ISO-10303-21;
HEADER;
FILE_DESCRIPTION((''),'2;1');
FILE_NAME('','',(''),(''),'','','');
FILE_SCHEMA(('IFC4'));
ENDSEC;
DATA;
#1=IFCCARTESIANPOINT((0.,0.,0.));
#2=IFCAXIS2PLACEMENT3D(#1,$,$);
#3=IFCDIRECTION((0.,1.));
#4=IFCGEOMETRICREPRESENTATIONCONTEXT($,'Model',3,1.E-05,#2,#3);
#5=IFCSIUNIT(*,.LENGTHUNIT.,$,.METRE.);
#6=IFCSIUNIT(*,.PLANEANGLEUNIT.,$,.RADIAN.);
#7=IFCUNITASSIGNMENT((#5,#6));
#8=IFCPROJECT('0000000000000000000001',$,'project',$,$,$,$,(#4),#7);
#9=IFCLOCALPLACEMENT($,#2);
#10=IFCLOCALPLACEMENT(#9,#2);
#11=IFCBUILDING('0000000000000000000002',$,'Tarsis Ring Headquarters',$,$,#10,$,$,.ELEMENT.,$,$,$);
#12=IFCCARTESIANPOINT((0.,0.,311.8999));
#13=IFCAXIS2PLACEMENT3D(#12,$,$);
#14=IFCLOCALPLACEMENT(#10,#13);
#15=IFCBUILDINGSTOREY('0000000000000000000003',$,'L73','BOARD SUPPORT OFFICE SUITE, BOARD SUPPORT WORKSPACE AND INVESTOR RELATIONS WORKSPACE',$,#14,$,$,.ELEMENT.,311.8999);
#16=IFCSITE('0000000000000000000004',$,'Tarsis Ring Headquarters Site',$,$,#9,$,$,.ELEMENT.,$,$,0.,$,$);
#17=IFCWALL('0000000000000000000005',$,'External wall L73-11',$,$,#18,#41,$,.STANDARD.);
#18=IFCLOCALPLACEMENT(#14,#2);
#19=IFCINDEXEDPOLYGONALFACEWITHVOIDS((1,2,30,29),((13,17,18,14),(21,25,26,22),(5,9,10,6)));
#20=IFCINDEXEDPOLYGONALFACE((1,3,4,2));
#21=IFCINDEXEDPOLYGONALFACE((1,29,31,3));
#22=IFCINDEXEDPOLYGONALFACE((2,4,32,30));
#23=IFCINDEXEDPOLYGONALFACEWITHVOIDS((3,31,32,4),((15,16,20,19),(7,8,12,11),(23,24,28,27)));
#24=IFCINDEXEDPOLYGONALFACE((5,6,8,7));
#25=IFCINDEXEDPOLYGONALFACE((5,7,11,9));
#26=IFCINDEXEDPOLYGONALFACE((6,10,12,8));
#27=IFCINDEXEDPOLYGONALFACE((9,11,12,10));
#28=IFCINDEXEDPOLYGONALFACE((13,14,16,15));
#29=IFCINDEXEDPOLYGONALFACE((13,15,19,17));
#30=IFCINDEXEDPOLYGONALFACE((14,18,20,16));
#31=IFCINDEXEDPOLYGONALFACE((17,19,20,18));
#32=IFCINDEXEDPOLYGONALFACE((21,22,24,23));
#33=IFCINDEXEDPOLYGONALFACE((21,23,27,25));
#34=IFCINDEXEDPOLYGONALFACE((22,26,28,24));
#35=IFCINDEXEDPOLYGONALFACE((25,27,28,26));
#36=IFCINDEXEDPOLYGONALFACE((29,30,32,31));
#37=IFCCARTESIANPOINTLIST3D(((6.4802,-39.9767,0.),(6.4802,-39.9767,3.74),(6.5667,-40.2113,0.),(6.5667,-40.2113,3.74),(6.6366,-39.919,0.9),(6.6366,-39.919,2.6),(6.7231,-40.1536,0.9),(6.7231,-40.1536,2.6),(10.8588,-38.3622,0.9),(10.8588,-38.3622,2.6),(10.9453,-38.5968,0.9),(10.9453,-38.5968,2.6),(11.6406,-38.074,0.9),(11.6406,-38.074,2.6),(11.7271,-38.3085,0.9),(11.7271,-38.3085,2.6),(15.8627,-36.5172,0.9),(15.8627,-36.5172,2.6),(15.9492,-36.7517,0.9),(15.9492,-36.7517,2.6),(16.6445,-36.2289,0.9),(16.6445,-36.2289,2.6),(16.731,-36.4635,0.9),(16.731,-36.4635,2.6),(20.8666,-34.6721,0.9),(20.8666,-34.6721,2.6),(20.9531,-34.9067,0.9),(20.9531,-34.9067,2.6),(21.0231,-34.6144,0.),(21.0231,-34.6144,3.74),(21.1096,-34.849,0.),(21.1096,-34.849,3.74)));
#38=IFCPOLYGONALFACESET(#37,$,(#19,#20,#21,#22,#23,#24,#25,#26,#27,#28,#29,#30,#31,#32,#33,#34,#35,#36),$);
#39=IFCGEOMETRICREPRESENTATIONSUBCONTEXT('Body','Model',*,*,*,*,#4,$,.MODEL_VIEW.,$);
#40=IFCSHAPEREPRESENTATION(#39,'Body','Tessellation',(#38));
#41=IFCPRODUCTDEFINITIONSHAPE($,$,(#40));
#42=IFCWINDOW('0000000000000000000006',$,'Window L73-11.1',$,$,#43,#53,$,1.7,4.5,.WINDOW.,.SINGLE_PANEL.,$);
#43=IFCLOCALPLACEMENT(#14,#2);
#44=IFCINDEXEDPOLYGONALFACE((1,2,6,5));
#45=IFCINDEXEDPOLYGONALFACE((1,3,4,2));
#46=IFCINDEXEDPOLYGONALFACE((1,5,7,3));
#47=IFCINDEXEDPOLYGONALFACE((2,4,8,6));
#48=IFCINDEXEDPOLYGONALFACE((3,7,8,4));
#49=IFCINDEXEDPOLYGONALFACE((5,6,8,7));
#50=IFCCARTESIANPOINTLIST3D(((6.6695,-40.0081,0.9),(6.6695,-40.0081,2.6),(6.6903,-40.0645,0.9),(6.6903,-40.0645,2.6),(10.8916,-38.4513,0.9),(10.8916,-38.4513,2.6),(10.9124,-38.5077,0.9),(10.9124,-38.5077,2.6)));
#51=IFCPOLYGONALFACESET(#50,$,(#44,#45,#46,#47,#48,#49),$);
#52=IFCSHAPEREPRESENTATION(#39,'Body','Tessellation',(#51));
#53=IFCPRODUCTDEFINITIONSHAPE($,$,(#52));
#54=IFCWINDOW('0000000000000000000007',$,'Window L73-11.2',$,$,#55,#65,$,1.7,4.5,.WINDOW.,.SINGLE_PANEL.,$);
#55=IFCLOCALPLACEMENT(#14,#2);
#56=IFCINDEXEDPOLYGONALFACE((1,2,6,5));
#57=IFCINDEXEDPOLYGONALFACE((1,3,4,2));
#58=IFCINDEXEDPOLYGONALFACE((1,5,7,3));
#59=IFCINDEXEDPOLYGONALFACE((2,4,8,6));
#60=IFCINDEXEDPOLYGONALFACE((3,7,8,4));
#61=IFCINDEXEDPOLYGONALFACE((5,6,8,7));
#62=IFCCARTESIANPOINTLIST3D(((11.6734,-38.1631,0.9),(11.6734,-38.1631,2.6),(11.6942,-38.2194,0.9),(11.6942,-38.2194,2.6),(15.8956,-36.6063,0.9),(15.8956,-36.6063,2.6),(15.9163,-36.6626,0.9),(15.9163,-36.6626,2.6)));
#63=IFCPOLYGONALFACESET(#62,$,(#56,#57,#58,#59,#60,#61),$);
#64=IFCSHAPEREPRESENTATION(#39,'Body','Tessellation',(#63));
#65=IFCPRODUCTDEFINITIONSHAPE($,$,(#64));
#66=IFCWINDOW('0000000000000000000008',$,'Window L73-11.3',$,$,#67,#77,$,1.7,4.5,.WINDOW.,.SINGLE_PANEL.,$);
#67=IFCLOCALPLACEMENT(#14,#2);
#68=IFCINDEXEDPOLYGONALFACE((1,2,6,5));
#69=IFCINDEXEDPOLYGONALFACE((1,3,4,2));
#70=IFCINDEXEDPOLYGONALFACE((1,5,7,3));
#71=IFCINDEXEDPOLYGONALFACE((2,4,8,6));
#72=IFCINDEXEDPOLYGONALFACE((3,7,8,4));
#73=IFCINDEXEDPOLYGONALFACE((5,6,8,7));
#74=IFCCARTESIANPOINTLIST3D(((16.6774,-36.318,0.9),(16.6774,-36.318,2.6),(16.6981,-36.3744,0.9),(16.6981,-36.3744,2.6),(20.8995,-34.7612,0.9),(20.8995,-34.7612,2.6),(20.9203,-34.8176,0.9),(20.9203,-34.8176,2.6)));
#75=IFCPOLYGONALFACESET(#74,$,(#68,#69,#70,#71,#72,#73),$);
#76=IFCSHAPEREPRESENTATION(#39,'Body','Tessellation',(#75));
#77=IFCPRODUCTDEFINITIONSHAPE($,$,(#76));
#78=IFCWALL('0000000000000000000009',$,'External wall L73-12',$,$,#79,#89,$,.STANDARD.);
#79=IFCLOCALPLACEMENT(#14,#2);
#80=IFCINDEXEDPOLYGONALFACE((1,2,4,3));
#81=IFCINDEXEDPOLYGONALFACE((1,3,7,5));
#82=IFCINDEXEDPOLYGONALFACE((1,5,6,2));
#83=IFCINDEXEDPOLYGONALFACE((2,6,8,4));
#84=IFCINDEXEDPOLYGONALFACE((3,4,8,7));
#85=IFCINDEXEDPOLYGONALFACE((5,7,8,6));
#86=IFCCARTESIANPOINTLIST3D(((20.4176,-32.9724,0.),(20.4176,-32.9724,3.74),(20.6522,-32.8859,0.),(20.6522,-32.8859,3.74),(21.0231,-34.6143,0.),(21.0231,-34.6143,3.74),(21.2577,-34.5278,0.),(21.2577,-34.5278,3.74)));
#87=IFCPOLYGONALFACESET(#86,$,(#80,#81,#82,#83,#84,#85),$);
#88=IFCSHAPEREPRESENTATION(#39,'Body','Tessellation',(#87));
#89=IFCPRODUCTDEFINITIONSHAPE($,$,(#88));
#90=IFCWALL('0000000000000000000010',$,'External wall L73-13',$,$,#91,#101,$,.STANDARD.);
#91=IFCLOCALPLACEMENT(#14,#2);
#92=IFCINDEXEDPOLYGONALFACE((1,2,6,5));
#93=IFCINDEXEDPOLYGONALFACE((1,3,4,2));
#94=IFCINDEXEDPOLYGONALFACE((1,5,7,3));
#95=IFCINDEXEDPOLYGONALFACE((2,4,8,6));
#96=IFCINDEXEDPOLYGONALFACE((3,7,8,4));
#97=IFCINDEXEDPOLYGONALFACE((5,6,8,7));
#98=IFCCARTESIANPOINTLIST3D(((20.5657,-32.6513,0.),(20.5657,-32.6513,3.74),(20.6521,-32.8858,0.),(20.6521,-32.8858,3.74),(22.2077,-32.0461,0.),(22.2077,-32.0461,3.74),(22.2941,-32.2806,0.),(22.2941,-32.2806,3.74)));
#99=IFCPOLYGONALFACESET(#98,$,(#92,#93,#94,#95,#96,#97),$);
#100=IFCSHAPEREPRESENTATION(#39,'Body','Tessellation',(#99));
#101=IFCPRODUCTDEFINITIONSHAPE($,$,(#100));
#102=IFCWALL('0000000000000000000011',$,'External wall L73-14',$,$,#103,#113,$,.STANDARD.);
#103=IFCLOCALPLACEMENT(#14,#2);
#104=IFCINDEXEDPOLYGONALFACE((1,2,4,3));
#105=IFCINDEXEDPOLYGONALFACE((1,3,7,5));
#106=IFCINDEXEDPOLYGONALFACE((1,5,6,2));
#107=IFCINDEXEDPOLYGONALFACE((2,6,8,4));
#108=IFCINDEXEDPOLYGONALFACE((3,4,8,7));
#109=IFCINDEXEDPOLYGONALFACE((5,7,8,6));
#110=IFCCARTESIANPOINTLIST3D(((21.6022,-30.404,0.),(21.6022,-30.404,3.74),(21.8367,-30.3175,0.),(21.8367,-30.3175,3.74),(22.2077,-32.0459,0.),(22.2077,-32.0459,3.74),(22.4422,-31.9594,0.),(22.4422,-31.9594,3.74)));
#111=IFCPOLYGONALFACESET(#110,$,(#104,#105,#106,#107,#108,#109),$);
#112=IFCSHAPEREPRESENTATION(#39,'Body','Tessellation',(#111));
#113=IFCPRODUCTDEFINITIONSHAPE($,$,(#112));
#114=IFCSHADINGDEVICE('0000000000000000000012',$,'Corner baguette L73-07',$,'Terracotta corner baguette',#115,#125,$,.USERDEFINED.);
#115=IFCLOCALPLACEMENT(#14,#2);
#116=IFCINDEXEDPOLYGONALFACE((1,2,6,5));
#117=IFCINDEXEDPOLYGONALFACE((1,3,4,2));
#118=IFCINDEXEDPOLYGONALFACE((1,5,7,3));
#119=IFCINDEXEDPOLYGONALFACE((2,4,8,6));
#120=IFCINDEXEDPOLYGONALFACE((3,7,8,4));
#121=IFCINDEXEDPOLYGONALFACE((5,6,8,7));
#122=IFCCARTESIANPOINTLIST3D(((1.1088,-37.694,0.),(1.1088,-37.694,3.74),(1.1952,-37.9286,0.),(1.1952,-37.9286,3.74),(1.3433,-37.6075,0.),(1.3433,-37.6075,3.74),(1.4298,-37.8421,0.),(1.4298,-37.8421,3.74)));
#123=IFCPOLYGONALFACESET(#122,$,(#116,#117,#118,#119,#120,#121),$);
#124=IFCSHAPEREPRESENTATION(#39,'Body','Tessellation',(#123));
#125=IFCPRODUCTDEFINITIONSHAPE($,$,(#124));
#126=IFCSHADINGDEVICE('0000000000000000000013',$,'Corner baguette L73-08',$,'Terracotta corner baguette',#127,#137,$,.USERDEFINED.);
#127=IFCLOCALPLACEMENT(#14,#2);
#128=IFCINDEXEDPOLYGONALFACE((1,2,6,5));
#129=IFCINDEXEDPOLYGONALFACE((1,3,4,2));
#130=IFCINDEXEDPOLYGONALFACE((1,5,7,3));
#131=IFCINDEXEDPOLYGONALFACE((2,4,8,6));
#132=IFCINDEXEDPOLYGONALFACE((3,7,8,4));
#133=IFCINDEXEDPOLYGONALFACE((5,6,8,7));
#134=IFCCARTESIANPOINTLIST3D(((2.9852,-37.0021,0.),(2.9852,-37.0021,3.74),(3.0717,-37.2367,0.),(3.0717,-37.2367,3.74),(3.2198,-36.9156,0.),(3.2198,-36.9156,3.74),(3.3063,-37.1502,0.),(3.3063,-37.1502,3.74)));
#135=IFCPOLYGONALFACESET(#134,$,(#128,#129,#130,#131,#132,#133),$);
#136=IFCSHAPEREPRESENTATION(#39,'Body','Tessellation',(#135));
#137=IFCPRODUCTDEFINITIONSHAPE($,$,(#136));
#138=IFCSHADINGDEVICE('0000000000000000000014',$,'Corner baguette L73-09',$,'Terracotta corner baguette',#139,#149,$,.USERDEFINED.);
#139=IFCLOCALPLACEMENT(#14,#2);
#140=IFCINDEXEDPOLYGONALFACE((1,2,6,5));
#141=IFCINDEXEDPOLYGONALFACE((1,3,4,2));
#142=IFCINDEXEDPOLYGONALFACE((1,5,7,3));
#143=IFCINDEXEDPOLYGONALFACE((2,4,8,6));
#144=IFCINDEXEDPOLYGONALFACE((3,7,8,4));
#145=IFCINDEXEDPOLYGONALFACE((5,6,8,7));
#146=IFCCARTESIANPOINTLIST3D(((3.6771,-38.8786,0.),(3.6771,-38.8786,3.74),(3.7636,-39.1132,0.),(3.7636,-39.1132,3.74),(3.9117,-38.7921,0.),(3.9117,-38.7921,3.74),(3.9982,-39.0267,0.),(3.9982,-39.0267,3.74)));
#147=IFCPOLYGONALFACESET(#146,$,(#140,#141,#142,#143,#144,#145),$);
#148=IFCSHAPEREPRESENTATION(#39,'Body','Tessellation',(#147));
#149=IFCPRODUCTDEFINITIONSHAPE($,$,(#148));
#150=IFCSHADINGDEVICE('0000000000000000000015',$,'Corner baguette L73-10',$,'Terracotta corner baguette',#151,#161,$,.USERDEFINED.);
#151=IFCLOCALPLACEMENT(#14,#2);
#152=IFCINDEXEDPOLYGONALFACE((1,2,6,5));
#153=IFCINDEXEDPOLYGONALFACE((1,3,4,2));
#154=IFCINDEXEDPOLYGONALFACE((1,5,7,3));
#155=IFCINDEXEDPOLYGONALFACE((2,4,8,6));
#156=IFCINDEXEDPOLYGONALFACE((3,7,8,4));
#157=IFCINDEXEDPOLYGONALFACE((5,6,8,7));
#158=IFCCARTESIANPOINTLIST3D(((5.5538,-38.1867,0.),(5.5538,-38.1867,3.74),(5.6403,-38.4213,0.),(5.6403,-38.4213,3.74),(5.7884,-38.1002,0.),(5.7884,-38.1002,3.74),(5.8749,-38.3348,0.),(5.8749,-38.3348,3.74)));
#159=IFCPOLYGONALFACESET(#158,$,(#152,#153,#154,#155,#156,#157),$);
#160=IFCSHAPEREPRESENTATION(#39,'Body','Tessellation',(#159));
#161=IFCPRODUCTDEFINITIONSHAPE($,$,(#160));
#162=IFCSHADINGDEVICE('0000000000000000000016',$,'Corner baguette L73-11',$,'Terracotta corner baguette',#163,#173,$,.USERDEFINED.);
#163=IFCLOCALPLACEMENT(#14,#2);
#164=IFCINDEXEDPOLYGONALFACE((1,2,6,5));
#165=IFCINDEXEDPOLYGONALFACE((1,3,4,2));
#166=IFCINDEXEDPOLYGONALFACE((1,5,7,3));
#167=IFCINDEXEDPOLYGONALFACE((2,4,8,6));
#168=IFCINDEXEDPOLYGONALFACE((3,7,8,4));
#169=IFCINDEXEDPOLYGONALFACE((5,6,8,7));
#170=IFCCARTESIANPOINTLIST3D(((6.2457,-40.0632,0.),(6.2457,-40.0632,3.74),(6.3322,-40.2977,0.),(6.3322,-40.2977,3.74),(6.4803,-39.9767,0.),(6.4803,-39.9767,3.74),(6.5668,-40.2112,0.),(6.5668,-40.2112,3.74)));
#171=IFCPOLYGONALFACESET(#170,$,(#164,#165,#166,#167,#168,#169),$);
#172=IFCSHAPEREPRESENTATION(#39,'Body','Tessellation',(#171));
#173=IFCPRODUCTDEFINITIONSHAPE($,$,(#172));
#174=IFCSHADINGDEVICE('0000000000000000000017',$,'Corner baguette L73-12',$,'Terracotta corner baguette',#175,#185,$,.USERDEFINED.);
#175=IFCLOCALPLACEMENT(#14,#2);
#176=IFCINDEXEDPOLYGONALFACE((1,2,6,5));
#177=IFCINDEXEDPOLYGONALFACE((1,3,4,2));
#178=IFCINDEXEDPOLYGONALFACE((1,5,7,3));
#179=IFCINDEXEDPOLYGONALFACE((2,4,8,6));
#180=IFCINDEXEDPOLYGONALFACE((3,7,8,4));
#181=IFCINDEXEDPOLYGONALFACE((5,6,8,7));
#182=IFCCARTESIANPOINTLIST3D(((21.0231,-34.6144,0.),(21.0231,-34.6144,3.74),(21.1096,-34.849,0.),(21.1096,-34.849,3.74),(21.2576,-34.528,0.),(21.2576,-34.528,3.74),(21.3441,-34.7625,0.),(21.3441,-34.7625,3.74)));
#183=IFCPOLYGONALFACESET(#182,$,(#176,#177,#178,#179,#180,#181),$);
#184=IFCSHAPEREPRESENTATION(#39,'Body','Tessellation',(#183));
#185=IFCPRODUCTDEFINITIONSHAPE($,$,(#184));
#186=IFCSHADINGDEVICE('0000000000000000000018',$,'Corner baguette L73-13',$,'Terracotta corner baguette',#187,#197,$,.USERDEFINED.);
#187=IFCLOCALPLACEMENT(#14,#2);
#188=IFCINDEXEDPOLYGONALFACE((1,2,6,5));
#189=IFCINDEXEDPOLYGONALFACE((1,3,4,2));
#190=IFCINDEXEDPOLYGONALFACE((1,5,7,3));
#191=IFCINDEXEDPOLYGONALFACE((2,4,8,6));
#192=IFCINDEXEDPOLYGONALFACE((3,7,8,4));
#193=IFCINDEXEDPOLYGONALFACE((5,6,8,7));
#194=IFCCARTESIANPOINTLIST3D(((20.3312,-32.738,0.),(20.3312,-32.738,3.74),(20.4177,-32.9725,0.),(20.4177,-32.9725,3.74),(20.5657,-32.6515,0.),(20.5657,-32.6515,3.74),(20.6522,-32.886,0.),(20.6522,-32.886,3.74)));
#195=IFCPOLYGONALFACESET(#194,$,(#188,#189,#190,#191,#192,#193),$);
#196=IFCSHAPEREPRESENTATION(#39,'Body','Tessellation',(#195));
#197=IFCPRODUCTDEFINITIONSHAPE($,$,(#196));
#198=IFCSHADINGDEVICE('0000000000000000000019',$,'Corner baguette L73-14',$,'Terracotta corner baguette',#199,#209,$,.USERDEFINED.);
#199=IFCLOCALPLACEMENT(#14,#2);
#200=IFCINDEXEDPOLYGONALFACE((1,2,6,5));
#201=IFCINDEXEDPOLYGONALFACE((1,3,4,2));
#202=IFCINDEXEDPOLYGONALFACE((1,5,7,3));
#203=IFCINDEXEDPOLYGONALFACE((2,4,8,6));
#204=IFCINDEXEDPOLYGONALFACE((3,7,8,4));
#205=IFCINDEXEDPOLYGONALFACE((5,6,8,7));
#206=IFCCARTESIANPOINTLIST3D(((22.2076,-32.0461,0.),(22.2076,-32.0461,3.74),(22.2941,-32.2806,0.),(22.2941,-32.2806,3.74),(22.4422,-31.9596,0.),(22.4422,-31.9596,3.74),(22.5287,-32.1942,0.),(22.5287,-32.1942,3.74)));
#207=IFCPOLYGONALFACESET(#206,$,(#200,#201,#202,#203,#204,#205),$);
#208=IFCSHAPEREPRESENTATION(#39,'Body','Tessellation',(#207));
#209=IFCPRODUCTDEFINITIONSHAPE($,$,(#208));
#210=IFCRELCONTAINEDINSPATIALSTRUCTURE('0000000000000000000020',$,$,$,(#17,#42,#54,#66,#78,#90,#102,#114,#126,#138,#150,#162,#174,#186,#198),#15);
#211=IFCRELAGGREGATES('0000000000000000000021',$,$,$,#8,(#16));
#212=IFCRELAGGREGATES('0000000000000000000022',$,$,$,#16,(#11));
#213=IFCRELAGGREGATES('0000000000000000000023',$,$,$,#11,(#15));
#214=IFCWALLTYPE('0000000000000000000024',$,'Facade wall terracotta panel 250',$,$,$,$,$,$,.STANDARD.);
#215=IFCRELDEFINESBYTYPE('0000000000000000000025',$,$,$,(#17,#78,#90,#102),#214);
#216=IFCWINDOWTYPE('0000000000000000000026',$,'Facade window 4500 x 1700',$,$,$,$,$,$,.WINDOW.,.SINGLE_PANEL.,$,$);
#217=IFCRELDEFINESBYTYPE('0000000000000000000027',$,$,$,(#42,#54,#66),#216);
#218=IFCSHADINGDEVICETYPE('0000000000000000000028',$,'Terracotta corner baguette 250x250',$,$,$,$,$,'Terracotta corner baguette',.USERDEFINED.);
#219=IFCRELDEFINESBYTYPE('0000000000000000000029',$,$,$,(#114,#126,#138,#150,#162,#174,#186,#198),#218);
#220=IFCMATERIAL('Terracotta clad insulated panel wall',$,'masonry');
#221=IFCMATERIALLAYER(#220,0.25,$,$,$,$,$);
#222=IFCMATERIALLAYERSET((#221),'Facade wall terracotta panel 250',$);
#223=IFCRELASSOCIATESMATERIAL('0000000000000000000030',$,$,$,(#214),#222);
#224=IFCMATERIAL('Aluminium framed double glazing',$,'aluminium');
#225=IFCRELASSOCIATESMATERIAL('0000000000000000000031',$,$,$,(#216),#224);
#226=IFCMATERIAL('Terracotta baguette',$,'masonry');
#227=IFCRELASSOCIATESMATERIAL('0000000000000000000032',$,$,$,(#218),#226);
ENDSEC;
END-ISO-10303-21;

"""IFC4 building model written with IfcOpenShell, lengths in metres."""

from ifc_helpers import new_model, si_unit, direction, frame, frame_2d, origin, origin_2d, place, context, subcontext, project, spatial, rectangle, extrude, material, layer, layer_set, type_object, element, fill, save


model = new_model("IFC4")

# Units and contexts
model_context = context("Model", 3, precision=1e-05, world=origin(), true_north=direction((0.0, 1.0)))
body_context = subcontext(model_context, "Body", "Model", "MODEL_VIEW")
ifc_project = project(units=[si_unit("LENGTHUNIT", "METRE"), si_unit("PLANEANGLEUNIT", "RADIAN")], contexts=[model_context])

# Site, building, storey
site_placement = place(None, origin())
site = spatial("IfcSite", under=ifc_project, at=site_placement, Name="Tarsis Ring Headquarters Site", CompositionType="ELEMENT", RefElevation=0.0)
building_placement = place(site_placement, origin())
building = spatial("IfcBuilding", under=site, at=building_placement, Name="Tarsis Ring Headquarters", CompositionType="ELEMENT")
storey_placement = place(building_placement, frame((0.0, 0.0, 311.8999)))
storey = spatial("IfcBuildingStorey", under=building, at=storey_placement, Name="L73", Description="BOARD SUPPORT OFFICE SUITE, BOARD SUPPORT WORKSPACE AND INVESTOR RELATIONS WORKSPACE", CompositionType="ELEMENT", Elevation=311.8999)

# Shared definitions
ifc_material_1 = material(Name="Terracotta clad insulated panel wall", Category="masonry")
ifc_layer_1 = layer(ifc_material_1, 0.25)
ifc_layer_set_1 = layer_set([ifc_layer_1], Name="Facade wall terracotta panel 250")
wall_type_1 = type_object("IfcWallType", Name="Facade wall terracotta panel 250", PredefinedType="STANDARD", material=ifc_layer_set_1)

# Wall, openings, windows
wall_1_placement = place(storey_placement, frame((6.5234, -40.094, 0.0), z_axis=(0.0, 0.0, 1.0), x_axis=(0.938252, 0.345954, 0.0)))
wall_1 = element("IfcWall", 1, at=wall_1_placement, inside=storey, type_object=wall_type_1, Name="External wall L73-11", PredefinedType="STANDARD", context=body_context, shape_type="SweptSolid", body=[
    extrude(rectangle(XDim=15.5, YDim=0.25, at=frame_2d((7.75, 0.0))), origin(), (0.0, 0.0, 1.0), 3.74),
])
opening_1_placement = place(wall_1_placement, frame((0.1667, 0.0, 0.8999)))
opening_1 = element("IfcOpeningElement", 2, at=opening_1_placement, cuts=wall_1, PredefinedType="OPENING", context=body_context, shape_type="SweptSolid", body=[
    extrude(rectangle(XDim=4.5, YDim=1.7, at=frame_2d((2.25, 0.8501))), frame((0.0, 0.135, 0.0), z_axis=(0.0, -1.0, 0.0), x_axis=(1.0, 0.0, 0.0)), (0.0, 0.0, 1.0), 0.27),
])
opening_2_placement = place(wall_1_placement, frame((5.5, 0.0, 0.8999)))
opening_2 = element("IfcOpeningElement", 3, at=opening_2_placement, cuts=wall_1, PredefinedType="OPENING", context=body_context, shape_type="SweptSolid", body=[
    extrude(rectangle(XDim=4.5, YDim=1.7, at=frame_2d((2.25, 0.8501))), frame((0.0, 0.135, 0.0), z_axis=(0.0, -1.0, 0.0), x_axis=(1.0, 0.0, 0.0)), (0.0, 0.0, 1.0), 0.27),
])
opening_3_placement = place(wall_1_placement, frame((10.8333, 0.0, 0.8999)))
opening_3 = element("IfcOpeningElement", 4, at=opening_3_placement, cuts=wall_1, PredefinedType="OPENING", context=body_context, shape_type="SweptSolid", body=[
    extrude(rectangle(XDim=4.5, YDim=1.7, at=frame_2d((2.25, 0.8501))), frame((0.0, 0.135, 0.0), z_axis=(0.0, -1.0, 0.0), x_axis=(1.0, 0.0, 0.0)), (0.0, 0.0, 1.0), 0.27),
])
ifc_material_2 = material(Name="Aluminium framed double glazing", Category="aluminium")
window_type = type_object("IfcWindowType", Name="Facade window 4500 x 1700", PartitioningType="SINGLE_PANEL", PredefinedType="WINDOW", material=ifc_material_2)
window_1_placement = place(opening_1_placement, origin())
window_1 = element("IfcWindow", 5, at=window_1_placement, inside=storey, type_object=window_type, Name="Window L73-11.1", OverallHeight=1.7, OverallWidth=4.5, PartitioningType="SINGLE_PANEL", PredefinedType="WINDOW", context=body_context, shape_type="SweptSolid", body=[
    extrude(rectangle(XDim=4.5, YDim=1.7, at=frame_2d((2.25, 0.8501))), frame((0.0, 0.03, 0.0), z_axis=(0.0, -1.0, 0.0), x_axis=(1.0, 0.0, 0.0)), (0.0, 0.0, 1.0), 0.0601),
])
fill(opening_1, window_1)
window_2_placement = place(opening_2_placement, origin())
window_2 = element("IfcWindow", 6, at=window_2_placement, inside=storey, type_object=window_type, Name="Window L73-11.2", OverallHeight=1.7, OverallWidth=4.5, PartitioningType="SINGLE_PANEL", PredefinedType="WINDOW", context=body_context, shape_type="SweptSolid", body=[
    extrude(rectangle(XDim=4.5, YDim=1.7, at=frame_2d((2.25, 0.8501))), frame((0.0, 0.03, 0.0), z_axis=(0.0, -1.0, 0.0), x_axis=(1.0, 0.0, 0.0)), (0.0, 0.0, 1.0), 0.0601),
])
fill(opening_2, window_2)
window_3_placement = place(opening_3_placement, origin())
window_3 = element("IfcWindow", 7, at=window_3_placement, inside=storey, type_object=window_type, Name="Window L73-11.3", OverallHeight=1.7, OverallWidth=4.5, PartitioningType="SINGLE_PANEL", PredefinedType="WINDOW", context=body_context, shape_type="SweptSolid", body=[
    extrude(rectangle(XDim=4.5, YDim=1.7, at=frame_2d((2.25, 0.8501))), frame((0.0, 0.03, 0.0), z_axis=(0.0, -1.0, 0.0), x_axis=(1.0, 0.0, 0.0)), (0.0, 0.0, 1.0), 0.0601),
])
fill(opening_3, window_3)

# Walls
for number, where, z_axis, x_axis, name in (
    (8, (21.1404, -34.571, 0.0), (0.0, 0.0, 1.0), (-0.345996, 0.938236, 0.0), "External wall L73-12"),
    (9, (20.6089, -32.7686, 0.0), (0.0, 0.0, 1.0), (0.938298, 0.345828, 0.0), "External wall L73-13"),
    (10, (22.325, -32.0027, 0.0), (0.0, 0.0, 1.0), (-0.345996, 0.938236, 0.0), "External wall L73-14"),
):
    element("IfcWall", number, at=place(storey_placement, frame(where, z_axis=z_axis, x_axis=x_axis)), inside=storey, type_object=wall_type_1, Name=name, PredefinedType="STANDARD", context=body_context, shape_type="SweptSolid", body=[
        extrude(rectangle(XDim=1.75, YDim=0.25, at=frame_2d((0.875, 0.0))), origin(), (0.0, 0.0, 1.0), 3.74),
    ])

# Shading devices
ifc_material_3 = material(Name="Terracotta baguette", Category="masonry")
shading_device_type_1 = type_object("IfcShadingDeviceType", Name="Terracotta corner baguette 250x250", ElementType="Terracotta corner baguette", PredefinedType="USERDEFINED", material=ifc_material_3)
for number, where, z_axis, x_axis, name in (
    (11, (1.2693, -37.7681, 0.0), (0.0, 0.0, 1.0), (0.345953, -0.938252, 0.0), "Corner baguette L73-07"),
    (12, (3.1458, -37.0762, 0.0), (0.0, 0.0, 1.0), (0.938252, 0.345954, 0.0), "Corner baguette L73-08"),
    (13, (3.8376, -38.9526, 0.0), (0.0, 0.0, 1.0), (0.345953, -0.938252, 0.0), "Corner baguette L73-09"),
    (14, (5.7144, -38.2607, 0.0), (0.0, 0.0, 1.0), (0.938252, 0.345953, 0.0), "Corner baguette L73-10"),
    (15, (6.4062, -40.1372, 0.0), (0.0, 0.0, 1.0), (0.345953, -0.938252, 0.0), "Corner baguette L73-11"),
    (16, (21.1836, -34.6885, 0.0), (0.0, 0.0, 1.0), (0.938252, 0.345953, 0.0), "Corner baguette L73-12"),
    (17, (20.4917, -32.812, 0.0), (0.0, 0.0, 1.0), (-0.345953, 0.938252, 0.0), "Corner baguette L73-13"),
    (18, (22.3682, -32.1201, 0.0), (0.0, 0.0, 1.0), (0.938252, 0.345953, 0.0), "Corner baguette L73-14"),
):
    element("IfcShadingDevice", number, at=place(storey_placement, frame(where, z_axis=z_axis, x_axis=x_axis)), inside=storey, type_object=shading_device_type_1, Name=name, ObjectType="Terracotta corner baguette", PredefinedType="USERDEFINED", context=body_context, shape_type="SweptSolid", body=[
        extrude(rectangle(XDim=0.25, YDim=0.25, at=origin_2d()), origin(), (0.0, 0.0, 1.0), 3.74),
    ])

save(model, "model.ifc")
